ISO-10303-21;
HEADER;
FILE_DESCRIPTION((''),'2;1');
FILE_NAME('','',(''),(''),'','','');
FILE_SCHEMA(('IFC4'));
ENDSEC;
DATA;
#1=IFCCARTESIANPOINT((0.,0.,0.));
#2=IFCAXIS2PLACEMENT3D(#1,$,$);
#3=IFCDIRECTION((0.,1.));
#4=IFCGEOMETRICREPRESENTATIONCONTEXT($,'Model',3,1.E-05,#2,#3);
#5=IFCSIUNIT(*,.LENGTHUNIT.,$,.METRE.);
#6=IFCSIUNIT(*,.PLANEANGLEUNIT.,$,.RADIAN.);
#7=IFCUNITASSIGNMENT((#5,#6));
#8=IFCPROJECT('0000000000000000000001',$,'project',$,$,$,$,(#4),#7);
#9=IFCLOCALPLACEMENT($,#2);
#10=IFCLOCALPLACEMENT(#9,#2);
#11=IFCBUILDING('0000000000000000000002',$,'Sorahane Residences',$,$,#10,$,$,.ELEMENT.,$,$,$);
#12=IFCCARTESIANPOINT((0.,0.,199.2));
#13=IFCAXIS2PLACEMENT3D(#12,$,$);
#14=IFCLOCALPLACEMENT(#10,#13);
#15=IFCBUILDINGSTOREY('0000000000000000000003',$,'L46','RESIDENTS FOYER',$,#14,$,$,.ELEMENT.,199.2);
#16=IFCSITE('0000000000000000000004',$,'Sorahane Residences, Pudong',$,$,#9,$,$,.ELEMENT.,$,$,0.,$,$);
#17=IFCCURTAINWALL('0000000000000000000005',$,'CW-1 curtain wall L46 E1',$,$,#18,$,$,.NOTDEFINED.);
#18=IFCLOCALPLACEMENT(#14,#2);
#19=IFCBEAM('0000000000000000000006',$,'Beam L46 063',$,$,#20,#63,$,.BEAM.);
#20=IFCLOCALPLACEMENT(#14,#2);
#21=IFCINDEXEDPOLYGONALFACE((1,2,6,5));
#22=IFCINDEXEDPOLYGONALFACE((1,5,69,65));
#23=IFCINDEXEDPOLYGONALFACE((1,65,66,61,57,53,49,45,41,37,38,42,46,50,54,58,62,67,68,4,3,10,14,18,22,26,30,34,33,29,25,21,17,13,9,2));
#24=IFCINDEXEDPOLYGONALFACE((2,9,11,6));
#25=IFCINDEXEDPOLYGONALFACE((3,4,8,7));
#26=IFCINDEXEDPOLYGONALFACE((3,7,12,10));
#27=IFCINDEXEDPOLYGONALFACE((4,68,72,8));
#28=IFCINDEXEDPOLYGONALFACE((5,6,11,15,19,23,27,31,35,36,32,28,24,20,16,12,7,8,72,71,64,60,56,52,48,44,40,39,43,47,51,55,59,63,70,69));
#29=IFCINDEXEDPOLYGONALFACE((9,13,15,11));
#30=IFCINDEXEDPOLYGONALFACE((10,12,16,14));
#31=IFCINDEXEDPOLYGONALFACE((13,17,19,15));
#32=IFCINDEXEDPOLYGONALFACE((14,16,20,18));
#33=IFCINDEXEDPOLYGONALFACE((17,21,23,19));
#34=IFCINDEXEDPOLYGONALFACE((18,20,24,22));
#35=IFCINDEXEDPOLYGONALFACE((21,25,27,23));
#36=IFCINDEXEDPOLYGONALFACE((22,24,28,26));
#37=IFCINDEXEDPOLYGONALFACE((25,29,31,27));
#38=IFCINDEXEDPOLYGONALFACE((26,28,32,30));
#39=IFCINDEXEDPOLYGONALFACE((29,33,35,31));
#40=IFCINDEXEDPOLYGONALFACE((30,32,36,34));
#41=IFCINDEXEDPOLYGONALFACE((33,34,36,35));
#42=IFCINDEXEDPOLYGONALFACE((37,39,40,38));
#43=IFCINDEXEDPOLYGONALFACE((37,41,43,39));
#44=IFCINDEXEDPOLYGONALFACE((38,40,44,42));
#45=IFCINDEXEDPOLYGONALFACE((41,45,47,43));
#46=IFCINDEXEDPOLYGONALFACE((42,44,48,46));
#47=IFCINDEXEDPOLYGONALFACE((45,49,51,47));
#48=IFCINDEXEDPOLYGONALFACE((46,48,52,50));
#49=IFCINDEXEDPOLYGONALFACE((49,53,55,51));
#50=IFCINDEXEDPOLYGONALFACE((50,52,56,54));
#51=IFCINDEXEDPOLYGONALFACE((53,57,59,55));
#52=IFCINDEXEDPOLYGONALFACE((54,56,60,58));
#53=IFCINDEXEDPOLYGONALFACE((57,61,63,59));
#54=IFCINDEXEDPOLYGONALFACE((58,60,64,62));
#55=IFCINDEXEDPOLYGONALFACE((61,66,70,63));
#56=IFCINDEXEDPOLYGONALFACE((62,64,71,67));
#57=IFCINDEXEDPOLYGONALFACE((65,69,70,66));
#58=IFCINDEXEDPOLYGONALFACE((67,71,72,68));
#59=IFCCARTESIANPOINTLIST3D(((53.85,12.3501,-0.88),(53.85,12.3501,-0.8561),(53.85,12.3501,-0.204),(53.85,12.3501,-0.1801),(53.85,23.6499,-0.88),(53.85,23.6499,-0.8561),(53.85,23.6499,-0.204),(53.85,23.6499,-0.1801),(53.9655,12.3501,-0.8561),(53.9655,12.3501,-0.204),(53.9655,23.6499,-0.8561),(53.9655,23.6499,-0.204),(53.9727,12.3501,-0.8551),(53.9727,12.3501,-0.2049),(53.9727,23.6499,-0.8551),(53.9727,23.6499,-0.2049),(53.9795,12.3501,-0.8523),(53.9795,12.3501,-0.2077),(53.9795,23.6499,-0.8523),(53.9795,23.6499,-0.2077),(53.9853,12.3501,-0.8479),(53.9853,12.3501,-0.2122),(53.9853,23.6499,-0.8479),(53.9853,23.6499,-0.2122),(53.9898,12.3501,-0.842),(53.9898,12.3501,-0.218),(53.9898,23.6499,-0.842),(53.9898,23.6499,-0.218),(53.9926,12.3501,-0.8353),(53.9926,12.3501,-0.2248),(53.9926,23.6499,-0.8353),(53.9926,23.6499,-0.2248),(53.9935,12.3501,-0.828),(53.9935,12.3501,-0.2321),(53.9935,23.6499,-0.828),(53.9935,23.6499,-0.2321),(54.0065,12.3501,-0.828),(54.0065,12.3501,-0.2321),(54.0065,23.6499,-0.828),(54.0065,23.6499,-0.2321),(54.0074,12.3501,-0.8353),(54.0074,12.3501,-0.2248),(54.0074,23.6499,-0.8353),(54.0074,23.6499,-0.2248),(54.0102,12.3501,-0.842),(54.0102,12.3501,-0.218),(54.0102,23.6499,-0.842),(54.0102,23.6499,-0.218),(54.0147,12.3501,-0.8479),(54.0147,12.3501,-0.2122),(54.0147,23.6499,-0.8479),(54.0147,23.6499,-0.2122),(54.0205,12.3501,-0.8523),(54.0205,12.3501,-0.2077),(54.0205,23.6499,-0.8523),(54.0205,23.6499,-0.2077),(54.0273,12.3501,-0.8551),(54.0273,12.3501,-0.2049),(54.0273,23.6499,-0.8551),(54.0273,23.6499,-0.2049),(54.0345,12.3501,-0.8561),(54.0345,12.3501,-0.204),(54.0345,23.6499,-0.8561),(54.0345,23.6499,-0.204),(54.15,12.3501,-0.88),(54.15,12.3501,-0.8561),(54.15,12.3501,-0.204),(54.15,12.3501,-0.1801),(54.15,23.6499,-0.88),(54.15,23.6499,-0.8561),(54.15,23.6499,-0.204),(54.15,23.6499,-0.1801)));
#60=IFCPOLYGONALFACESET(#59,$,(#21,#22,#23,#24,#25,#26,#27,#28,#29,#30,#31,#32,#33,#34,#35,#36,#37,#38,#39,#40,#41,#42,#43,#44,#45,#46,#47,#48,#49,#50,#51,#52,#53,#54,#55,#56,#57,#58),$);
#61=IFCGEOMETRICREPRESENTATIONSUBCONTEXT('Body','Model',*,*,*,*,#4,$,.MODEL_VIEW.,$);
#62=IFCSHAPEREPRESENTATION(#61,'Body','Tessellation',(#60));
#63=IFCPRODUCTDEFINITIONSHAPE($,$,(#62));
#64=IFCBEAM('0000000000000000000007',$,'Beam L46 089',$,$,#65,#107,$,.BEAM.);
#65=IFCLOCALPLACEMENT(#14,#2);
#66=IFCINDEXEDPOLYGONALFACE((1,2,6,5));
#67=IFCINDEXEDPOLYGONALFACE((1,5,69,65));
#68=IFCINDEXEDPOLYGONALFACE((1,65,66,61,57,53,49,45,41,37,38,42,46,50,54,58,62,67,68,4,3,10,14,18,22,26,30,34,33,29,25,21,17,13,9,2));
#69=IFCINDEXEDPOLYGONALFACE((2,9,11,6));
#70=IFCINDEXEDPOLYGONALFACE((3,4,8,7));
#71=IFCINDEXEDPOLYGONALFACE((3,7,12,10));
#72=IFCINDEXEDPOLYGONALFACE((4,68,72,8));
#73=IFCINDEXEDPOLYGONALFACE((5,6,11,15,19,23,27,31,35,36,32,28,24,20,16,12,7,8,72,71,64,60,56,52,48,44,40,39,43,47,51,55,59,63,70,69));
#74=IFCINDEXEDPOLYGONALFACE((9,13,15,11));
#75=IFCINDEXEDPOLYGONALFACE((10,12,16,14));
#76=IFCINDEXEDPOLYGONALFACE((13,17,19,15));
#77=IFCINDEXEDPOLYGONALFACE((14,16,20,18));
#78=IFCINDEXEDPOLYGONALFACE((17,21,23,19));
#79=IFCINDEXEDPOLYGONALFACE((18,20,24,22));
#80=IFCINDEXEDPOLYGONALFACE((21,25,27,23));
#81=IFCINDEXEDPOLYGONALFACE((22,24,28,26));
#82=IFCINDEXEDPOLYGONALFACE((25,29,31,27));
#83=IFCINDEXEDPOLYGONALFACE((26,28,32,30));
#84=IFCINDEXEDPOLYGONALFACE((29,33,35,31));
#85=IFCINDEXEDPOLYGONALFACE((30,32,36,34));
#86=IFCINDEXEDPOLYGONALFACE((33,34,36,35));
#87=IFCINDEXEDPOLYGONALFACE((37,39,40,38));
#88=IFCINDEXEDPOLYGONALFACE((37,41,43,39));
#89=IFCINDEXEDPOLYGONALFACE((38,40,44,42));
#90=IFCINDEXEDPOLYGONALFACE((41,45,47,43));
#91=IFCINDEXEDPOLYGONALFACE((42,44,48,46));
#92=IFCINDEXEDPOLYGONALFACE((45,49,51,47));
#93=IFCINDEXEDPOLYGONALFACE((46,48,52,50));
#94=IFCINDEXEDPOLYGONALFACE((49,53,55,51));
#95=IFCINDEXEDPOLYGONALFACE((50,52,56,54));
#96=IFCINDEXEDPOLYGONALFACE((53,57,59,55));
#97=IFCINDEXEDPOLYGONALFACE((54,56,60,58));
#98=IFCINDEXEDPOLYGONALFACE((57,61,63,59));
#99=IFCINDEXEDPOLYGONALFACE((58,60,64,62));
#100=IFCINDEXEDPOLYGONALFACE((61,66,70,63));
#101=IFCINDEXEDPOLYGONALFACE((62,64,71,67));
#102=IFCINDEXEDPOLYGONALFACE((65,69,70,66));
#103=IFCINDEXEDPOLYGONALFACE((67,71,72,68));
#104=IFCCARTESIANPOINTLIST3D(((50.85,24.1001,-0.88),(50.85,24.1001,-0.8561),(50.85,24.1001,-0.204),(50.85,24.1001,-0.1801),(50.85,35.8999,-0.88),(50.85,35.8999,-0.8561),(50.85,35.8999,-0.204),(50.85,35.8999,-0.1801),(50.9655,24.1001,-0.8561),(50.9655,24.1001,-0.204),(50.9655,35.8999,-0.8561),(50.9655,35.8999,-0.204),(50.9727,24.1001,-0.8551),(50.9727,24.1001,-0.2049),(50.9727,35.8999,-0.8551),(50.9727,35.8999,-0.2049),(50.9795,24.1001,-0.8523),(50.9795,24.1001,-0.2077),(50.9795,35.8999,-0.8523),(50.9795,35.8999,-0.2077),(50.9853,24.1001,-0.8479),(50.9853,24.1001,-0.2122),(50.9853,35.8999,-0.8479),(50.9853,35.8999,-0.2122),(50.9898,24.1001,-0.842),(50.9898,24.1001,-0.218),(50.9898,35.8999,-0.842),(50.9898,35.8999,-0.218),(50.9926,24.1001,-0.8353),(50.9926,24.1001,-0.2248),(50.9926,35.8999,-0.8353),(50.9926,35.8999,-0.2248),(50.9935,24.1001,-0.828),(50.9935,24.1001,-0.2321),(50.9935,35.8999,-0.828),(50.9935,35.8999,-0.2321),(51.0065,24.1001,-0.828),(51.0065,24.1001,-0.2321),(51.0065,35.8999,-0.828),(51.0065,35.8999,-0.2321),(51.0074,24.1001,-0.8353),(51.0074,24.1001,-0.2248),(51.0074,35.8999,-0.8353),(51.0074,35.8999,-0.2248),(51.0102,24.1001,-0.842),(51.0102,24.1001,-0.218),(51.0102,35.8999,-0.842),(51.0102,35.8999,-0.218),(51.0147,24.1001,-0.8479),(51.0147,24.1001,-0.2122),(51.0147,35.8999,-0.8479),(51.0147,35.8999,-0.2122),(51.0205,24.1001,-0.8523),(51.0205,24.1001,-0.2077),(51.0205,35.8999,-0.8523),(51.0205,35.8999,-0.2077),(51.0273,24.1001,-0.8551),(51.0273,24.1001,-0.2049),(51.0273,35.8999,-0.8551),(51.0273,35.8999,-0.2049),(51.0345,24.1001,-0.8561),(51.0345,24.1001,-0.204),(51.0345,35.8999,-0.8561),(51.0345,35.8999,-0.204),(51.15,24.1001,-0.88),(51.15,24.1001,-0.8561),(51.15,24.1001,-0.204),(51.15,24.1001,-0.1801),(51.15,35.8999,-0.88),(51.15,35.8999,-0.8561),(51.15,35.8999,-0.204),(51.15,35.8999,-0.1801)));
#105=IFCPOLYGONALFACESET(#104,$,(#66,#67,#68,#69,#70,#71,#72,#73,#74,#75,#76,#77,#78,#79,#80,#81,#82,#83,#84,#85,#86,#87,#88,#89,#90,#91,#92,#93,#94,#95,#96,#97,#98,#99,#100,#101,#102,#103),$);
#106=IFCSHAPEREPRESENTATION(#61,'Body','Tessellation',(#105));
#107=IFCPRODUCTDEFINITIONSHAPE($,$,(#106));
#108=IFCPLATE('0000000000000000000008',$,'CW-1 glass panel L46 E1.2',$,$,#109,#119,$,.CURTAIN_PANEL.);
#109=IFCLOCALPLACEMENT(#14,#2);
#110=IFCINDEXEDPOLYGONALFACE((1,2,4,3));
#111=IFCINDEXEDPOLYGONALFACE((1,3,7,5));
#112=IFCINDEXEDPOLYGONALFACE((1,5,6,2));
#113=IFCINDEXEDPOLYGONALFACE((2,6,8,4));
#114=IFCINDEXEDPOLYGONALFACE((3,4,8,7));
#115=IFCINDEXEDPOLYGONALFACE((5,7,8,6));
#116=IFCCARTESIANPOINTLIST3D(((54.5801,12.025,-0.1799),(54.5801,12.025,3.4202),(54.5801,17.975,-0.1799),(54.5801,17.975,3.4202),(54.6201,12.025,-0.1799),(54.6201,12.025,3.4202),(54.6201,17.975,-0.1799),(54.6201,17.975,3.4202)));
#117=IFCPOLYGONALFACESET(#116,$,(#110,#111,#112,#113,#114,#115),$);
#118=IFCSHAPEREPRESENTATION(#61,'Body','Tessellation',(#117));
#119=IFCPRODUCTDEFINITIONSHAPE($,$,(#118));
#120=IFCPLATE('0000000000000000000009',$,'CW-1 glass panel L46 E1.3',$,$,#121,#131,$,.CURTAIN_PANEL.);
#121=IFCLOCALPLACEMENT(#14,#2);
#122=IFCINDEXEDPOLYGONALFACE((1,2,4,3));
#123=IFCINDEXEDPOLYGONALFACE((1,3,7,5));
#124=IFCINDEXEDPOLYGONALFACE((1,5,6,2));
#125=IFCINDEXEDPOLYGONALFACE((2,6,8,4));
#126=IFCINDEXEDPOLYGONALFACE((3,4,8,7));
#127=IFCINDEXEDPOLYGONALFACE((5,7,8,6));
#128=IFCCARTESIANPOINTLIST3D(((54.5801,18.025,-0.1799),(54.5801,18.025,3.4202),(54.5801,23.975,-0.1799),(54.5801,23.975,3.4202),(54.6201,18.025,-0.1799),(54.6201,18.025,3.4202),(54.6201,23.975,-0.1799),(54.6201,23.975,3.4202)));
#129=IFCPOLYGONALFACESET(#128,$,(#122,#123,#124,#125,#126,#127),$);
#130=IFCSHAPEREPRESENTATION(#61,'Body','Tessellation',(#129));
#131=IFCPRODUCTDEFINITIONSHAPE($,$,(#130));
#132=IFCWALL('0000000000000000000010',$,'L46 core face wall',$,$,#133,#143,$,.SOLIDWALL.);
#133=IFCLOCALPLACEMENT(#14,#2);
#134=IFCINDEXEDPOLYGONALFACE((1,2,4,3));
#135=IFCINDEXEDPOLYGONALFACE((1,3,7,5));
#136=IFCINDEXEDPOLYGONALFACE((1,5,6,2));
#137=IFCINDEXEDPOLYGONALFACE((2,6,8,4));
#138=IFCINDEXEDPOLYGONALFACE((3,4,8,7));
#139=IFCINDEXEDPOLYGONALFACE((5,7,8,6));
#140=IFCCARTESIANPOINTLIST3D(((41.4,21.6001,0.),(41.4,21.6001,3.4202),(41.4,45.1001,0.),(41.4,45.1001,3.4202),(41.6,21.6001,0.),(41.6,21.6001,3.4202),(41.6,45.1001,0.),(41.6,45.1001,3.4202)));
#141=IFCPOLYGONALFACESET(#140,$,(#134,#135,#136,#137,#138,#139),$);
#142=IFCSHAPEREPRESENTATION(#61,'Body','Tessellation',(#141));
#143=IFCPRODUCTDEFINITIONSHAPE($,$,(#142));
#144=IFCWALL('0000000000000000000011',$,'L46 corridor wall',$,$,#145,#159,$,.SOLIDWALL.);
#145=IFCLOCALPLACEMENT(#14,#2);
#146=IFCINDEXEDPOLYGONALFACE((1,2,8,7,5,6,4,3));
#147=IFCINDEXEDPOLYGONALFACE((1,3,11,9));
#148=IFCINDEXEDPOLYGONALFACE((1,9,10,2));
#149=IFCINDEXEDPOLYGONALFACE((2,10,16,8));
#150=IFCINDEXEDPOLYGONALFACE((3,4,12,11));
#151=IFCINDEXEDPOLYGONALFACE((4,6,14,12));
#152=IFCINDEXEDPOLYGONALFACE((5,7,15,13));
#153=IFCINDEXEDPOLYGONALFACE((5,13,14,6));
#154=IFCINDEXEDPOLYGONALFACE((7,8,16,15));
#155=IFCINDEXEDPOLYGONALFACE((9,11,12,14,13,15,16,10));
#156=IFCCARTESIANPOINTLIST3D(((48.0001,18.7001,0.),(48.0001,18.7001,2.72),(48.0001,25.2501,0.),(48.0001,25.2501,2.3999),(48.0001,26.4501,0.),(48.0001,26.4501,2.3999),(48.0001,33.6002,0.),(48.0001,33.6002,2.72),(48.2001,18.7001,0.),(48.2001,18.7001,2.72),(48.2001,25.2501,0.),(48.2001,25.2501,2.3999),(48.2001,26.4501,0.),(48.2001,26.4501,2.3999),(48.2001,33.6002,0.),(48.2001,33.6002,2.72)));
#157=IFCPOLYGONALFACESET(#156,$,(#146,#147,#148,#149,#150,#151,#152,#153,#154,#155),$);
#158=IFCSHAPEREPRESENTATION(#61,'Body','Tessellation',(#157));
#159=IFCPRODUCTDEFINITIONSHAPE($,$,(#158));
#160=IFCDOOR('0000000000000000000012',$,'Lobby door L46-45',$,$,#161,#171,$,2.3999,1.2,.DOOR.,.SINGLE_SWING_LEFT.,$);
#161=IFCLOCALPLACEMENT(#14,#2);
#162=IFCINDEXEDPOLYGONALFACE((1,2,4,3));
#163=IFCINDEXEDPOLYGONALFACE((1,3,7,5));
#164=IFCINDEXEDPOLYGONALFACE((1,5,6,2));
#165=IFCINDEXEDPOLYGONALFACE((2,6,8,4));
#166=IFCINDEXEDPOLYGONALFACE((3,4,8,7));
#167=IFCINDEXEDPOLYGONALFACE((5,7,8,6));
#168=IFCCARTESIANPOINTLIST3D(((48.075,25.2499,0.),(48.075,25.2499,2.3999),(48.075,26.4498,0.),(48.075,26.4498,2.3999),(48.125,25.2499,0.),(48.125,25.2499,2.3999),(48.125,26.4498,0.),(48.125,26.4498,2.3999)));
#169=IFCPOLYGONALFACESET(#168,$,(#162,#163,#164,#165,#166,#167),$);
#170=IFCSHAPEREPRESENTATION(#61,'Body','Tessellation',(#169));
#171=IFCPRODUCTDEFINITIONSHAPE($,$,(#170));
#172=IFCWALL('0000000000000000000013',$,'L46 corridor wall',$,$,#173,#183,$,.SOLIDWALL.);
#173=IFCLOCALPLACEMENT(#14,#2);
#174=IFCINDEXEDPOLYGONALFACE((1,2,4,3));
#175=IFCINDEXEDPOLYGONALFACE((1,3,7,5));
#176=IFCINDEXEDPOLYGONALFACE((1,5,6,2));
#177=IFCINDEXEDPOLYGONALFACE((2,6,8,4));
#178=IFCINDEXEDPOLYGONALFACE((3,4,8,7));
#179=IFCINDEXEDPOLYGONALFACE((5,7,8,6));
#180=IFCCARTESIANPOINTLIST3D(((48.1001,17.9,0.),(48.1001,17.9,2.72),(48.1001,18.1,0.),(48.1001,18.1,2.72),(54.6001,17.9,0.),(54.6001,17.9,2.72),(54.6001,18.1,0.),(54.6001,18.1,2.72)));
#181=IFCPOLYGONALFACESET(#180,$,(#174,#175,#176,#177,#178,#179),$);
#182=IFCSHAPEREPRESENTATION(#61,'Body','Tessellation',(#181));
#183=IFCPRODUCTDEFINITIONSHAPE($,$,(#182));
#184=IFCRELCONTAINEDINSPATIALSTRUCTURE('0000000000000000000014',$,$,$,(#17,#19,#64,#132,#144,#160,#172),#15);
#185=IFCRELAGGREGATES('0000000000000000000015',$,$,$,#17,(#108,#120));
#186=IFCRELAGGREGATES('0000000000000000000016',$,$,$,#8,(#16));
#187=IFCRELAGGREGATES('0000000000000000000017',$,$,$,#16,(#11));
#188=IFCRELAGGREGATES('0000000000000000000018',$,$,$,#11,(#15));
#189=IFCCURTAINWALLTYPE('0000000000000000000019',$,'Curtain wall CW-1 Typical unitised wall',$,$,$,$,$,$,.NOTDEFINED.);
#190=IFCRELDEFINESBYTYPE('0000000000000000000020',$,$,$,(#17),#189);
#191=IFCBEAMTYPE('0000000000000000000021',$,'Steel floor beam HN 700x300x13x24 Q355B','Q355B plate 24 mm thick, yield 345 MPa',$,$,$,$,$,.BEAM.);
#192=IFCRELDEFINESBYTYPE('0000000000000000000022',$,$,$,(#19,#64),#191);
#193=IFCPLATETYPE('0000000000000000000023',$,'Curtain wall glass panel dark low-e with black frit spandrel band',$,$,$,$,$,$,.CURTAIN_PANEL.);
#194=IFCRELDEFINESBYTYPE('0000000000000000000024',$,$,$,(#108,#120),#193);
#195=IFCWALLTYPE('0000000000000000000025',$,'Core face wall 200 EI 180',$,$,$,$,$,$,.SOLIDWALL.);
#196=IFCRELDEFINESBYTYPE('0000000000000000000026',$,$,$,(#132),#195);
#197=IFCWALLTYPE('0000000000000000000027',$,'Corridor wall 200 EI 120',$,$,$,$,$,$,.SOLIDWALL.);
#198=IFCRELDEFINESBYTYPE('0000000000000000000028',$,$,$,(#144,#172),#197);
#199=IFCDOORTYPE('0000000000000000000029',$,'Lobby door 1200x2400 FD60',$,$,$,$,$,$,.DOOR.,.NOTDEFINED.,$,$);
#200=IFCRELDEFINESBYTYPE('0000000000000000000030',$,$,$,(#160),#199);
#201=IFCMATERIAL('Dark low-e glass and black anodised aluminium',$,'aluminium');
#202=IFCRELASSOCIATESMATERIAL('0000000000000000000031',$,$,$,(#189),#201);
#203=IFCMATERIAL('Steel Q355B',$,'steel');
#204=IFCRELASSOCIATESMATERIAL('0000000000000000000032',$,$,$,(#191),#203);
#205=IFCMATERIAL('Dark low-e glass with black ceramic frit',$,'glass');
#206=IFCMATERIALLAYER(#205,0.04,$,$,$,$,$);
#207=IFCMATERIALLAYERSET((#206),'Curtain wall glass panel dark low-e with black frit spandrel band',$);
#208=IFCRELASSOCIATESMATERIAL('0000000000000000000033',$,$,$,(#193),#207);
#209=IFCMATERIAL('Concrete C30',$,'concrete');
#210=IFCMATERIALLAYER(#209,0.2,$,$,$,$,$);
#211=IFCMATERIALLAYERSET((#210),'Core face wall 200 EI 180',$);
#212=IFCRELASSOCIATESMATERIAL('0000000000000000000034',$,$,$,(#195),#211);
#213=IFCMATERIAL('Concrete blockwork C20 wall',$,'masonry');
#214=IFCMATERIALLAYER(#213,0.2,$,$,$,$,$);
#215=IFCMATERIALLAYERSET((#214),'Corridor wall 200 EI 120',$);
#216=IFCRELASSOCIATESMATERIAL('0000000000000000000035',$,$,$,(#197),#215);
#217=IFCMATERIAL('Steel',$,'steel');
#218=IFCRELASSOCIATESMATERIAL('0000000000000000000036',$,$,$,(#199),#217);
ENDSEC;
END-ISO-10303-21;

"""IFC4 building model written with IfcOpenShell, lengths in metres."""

from ifc_helpers import new_model, si_unit, direction, frame, frame_2d, origin, origin_2d, place, context, subcontext, project, spatial, rectangle, i_section, extrude, material, layer, layer_set, material_profile, profile_set, type_object, element, fill, aggregate, save


model = new_model("IFC4")

# Units and contexts
model_context = context("Model", 3, precision=1e-05, world=origin(), true_north=direction((0.0, 1.0)))
body_context = subcontext(model_context, "Body", "Model", "MODEL_VIEW")
ifc_project = project(units=[si_unit("LENGTHUNIT", "METRE"), si_unit("PLANEANGLEUNIT", "RADIAN")], contexts=[model_context])

# Site, building, storey
site_placement = place(None, origin())
site = spatial("IfcSite", under=ifc_project, at=site_placement, Name="Sorahane Residences, Pudong", CompositionType="ELEMENT", RefElevation=0.0)
building_placement = place(site_placement, origin())
building = spatial("IfcBuilding", under=site, at=building_placement, Name="Sorahane Residences", CompositionType="ELEMENT")
storey_placement = place(building_placement, frame((0.0, 0.0, 199.2)))
storey = spatial("IfcBuildingStorey", under=building, at=storey_placement, Name="L46", Description="RESIDENTS FOYER", CompositionType="ELEMENT", Elevation=199.2)

# Curtain wall
ifc_material_1 = material(Name="Dark low-e glass and black anodised aluminium", Category="aluminium")
curtain_wall_type = type_object("IfcCurtainWallType", Name="Curtain wall CW-1 Typical unitised wall", PredefinedType="NOTDEFINED", material=ifc_material_1)
curtain_wall_placement = place(storey_placement, origin())
curtain_wall = element("IfcCurtainWall", 1, at=curtain_wall_placement, inside=storey, type_object=curtain_wall_type, Name="CW-1 curtain wall L46 E1", PredefinedType="NOTDEFINED")

# Beams
ifc_material_2 = material(Name="Steel Q355B", Category="steel")
ifc_material_profile_1 = material_profile(ifc_material_2, i_section(OverallWidth=0.3, OverallDepth=0.7, WebThickness=0.0129, FlangeThickness=0.0239, FilletRadius=0.0281, at=origin_2d()), Name="HN 700x300x13x24")
ifc_profile_set_1 = profile_set([ifc_material_profile_1], Name="Steel Q355B")
beam_type_1 = type_object("IfcBeamType", Name="Steel floor beam HN 700x300x13x24 Q355B", Description="Q355B plate 24 mm thick, yield 345 MPa", PredefinedType="BEAM", material=ifc_profile_set_1)
beam_1_placement = place(storey_placement, frame((54.0, 12.3501, -0.53), z_axis=(0.0, 1.0, 0.0), x_axis=(-1.0, 0.0, 0.0)))
element("IfcBeam", 2, at=beam_1_placement, inside=storey, type_object=beam_type_1, Name="Beam L46 063", PredefinedType="BEAM", context=body_context, shape_type="SweptSolid", body=[
    extrude(i_section(OverallWidth=0.3, OverallDepth=0.7, WebThickness=0.0129, FlangeThickness=0.0239, FilletRadius=0.0281, at=origin_2d()), origin(), (0.0, 0.0, 1.0), 11.2998),
])
beam_2_placement = place(storey_placement, frame((51.0, 24.1001, -0.53), z_axis=(0.0, 1.0, 0.0), x_axis=(-1.0, 0.0, 0.0)))
element("IfcBeam", 3, at=beam_2_placement, inside=storey, type_object=beam_type_1, Name="Beam L46 089", PredefinedType="BEAM", context=body_context, shape_type="SweptSolid", body=[
    extrude(i_section(OverallWidth=0.3, OverallDepth=0.7, WebThickness=0.0129, FlangeThickness=0.0239, FilletRadius=0.0281, at=origin_2d()), origin(), (0.0, 0.0, 1.0), 11.7998),
])

# Plates
ifc_material_3 = material(Name="Dark low-e glass with black ceramic frit", Category="glass")
ifc_layer_1 = layer(ifc_material_3, 0.04)
ifc_layer_set_1 = layer_set([ifc_layer_1], Name="Curtain wall glass panel dark low-e with black frit spandrel band")
plate_type = type_object("IfcPlateType", Name="Curtain wall glass panel dark low-e with black frit spandrel band", PredefinedType="CURTAIN_PANEL", material=ifc_layer_set_1)
plate_1_placement = place(storey_placement, frame((54.6001, 15.0, -0.1799), z_axis=(0.0, 0.0, 1.0), x_axis=(0.0, 1.0, 0.0)))
plate_1 = element("IfcPlate", 4, at=plate_1_placement, type_object=plate_type, Name="CW-1 glass panel L46 E1.2", PredefinedType="CURTAIN_PANEL", context=body_context, shape_type="SweptSolid", body=[
    extrude(rectangle(XDim=5.95, YDim=0.04, at=origin_2d()), origin(), (0.0, 0.0, 1.0), 3.6001),
])
plate_2_placement = place(storey_placement, frame((54.6001, 21.0, -0.1799), z_axis=(0.0, 0.0, 1.0), x_axis=(0.0, 1.0, 0.0)))
plate_2 = element("IfcPlate", 5, at=plate_2_placement, type_object=plate_type, Name="CW-1 glass panel L46 E1.3", PredefinedType="CURTAIN_PANEL", context=body_context, shape_type="SweptSolid", body=[
    extrude(rectangle(XDim=5.95, YDim=0.04, at=origin_2d()), origin(), (0.0, 0.0, 1.0), 3.6001),
])
aggregate(curtain_wall, [plate_1, plate_2])

# Wall
ifc_material_4 = material(Name="Concrete C30", Category="concrete")
ifc_layer_2 = layer(ifc_material_4, 0.2)
ifc_layer_set_2 = layer_set([ifc_layer_2], Name="Core face wall 200 EI 180")
wall_type_1 = type_object("IfcWallType", Name="Core face wall 200 EI 180", PredefinedType="SOLIDWALL", material=ifc_layer_set_2)
wall_1_placement = place(storey_placement, frame((41.5, 21.6001, 0.0), z_axis=(0.0, 0.0, 1.0), x_axis=(0.0, 1.0, 0.0)))
element("IfcWall", 6, at=wall_1_placement, inside=storey, type_object=wall_type_1, Name="L46 core face wall", PredefinedType="SOLIDWALL", context=body_context, shape_type="SweptSolid", body=[
    extrude(rectangle(XDim=23.5, YDim=0.2, at=frame_2d((11.75, 0.0))), origin(), (0.0, 0.0, 1.0), 3.4202),
])

# Wall, opening, door
ifc_material_5 = material(Name="Concrete blockwork C20 wall", Category="masonry")
ifc_layer_3 = layer(ifc_material_5, 0.2)
ifc_layer_set_3 = layer_set([ifc_layer_3], Name="Corridor wall 200 EI 120")
wall_type_2 = type_object("IfcWallType", Name="Corridor wall 200 EI 120", PredefinedType="SOLIDWALL", material=ifc_layer_set_3)
wall_2_placement = place(storey_placement, frame((48.1001, 18.7, 0.0), z_axis=(0.0, 0.0, 1.0), x_axis=(0.0, 1.0, 0.0)))
wall_2 = element("IfcWall", 7, at=wall_2_placement, inside=storey, type_object=wall_type_2, Name="L46 corridor wall", PredefinedType="SOLIDWALL", context=body_context, shape_type="SweptSolid", body=[
    extrude(rectangle(XDim=14.9001, YDim=0.2, at=frame_2d((7.4502, 0.0))), origin(), (0.0, 0.0, 1.0), 2.72),
])
opening_placement = place(wall_2_placement, frame((6.55, 0.0, 0.0)))
opening = element("IfcOpeningElement", 8, at=opening_placement, cuts=wall_2, PredefinedType="OPENING", context=body_context, shape_type="SweptSolid", body=[
    extrude(rectangle(XDim=1.2, YDim=2.3999, at=frame_2d((0.6001, 1.2))), frame((0.0, 0.1099, 0.0), z_axis=(0.0, -1.0, 0.0), x_axis=(1.0, 0.0, 0.0)), (0.0, 0.0, 1.0), 0.22),
])
ifc_material_6 = material(Name="Steel", Category="steel")
door_type = type_object("IfcDoorType", Name="Lobby door 1200x2400 FD60", OperationType="NOTDEFINED", PredefinedType="DOOR", material=ifc_material_6)
door_placement = place(opening_placement, frame((1.2, 0.0, 0.0), z_axis=(0.0, 0.0, 1.0), x_axis=(-1.0, 0.0, 0.0)))
door = element("IfcDoor", 9, at=door_placement, inside=storey, type_object=door_type, Name="Lobby door L46-45", OperationType="SINGLE_SWING_LEFT", OverallHeight=2.3999, OverallWidth=1.2, PredefinedType="DOOR", context=body_context, shape_type="SweptSolid", body=[
    extrude(rectangle(XDim=1.2, YDim=2.3999, at=frame_2d((0.6001, 1.2))), frame((0.0, 0.0249, 0.0), z_axis=(0.0, -1.0, 0.0), x_axis=(1.0, 0.0, 0.0)), (0.0, 0.0, 1.0), 0.05),
])
fill(opening, door)

# Wall
wall_3_placement = place(storey_placement, frame((48.1001, 18.0, 0.0), z_axis=(0.0, 0.0, 1.0), x_axis=(1.0, 0.0, 0.0)))
element("IfcWall", 10, at=wall_3_placement, inside=storey, type_object=wall_type_2, Name="L46 corridor wall", PredefinedType="SOLIDWALL", context=body_context, shape_type="SweptSolid", body=[
    extrude(rectangle(XDim=6.5, YDim=0.2, at=frame_2d((3.25, 0.0))), origin(), (0.0, 0.0, 1.0), 2.72),
])

save(model, "model.ifc")
